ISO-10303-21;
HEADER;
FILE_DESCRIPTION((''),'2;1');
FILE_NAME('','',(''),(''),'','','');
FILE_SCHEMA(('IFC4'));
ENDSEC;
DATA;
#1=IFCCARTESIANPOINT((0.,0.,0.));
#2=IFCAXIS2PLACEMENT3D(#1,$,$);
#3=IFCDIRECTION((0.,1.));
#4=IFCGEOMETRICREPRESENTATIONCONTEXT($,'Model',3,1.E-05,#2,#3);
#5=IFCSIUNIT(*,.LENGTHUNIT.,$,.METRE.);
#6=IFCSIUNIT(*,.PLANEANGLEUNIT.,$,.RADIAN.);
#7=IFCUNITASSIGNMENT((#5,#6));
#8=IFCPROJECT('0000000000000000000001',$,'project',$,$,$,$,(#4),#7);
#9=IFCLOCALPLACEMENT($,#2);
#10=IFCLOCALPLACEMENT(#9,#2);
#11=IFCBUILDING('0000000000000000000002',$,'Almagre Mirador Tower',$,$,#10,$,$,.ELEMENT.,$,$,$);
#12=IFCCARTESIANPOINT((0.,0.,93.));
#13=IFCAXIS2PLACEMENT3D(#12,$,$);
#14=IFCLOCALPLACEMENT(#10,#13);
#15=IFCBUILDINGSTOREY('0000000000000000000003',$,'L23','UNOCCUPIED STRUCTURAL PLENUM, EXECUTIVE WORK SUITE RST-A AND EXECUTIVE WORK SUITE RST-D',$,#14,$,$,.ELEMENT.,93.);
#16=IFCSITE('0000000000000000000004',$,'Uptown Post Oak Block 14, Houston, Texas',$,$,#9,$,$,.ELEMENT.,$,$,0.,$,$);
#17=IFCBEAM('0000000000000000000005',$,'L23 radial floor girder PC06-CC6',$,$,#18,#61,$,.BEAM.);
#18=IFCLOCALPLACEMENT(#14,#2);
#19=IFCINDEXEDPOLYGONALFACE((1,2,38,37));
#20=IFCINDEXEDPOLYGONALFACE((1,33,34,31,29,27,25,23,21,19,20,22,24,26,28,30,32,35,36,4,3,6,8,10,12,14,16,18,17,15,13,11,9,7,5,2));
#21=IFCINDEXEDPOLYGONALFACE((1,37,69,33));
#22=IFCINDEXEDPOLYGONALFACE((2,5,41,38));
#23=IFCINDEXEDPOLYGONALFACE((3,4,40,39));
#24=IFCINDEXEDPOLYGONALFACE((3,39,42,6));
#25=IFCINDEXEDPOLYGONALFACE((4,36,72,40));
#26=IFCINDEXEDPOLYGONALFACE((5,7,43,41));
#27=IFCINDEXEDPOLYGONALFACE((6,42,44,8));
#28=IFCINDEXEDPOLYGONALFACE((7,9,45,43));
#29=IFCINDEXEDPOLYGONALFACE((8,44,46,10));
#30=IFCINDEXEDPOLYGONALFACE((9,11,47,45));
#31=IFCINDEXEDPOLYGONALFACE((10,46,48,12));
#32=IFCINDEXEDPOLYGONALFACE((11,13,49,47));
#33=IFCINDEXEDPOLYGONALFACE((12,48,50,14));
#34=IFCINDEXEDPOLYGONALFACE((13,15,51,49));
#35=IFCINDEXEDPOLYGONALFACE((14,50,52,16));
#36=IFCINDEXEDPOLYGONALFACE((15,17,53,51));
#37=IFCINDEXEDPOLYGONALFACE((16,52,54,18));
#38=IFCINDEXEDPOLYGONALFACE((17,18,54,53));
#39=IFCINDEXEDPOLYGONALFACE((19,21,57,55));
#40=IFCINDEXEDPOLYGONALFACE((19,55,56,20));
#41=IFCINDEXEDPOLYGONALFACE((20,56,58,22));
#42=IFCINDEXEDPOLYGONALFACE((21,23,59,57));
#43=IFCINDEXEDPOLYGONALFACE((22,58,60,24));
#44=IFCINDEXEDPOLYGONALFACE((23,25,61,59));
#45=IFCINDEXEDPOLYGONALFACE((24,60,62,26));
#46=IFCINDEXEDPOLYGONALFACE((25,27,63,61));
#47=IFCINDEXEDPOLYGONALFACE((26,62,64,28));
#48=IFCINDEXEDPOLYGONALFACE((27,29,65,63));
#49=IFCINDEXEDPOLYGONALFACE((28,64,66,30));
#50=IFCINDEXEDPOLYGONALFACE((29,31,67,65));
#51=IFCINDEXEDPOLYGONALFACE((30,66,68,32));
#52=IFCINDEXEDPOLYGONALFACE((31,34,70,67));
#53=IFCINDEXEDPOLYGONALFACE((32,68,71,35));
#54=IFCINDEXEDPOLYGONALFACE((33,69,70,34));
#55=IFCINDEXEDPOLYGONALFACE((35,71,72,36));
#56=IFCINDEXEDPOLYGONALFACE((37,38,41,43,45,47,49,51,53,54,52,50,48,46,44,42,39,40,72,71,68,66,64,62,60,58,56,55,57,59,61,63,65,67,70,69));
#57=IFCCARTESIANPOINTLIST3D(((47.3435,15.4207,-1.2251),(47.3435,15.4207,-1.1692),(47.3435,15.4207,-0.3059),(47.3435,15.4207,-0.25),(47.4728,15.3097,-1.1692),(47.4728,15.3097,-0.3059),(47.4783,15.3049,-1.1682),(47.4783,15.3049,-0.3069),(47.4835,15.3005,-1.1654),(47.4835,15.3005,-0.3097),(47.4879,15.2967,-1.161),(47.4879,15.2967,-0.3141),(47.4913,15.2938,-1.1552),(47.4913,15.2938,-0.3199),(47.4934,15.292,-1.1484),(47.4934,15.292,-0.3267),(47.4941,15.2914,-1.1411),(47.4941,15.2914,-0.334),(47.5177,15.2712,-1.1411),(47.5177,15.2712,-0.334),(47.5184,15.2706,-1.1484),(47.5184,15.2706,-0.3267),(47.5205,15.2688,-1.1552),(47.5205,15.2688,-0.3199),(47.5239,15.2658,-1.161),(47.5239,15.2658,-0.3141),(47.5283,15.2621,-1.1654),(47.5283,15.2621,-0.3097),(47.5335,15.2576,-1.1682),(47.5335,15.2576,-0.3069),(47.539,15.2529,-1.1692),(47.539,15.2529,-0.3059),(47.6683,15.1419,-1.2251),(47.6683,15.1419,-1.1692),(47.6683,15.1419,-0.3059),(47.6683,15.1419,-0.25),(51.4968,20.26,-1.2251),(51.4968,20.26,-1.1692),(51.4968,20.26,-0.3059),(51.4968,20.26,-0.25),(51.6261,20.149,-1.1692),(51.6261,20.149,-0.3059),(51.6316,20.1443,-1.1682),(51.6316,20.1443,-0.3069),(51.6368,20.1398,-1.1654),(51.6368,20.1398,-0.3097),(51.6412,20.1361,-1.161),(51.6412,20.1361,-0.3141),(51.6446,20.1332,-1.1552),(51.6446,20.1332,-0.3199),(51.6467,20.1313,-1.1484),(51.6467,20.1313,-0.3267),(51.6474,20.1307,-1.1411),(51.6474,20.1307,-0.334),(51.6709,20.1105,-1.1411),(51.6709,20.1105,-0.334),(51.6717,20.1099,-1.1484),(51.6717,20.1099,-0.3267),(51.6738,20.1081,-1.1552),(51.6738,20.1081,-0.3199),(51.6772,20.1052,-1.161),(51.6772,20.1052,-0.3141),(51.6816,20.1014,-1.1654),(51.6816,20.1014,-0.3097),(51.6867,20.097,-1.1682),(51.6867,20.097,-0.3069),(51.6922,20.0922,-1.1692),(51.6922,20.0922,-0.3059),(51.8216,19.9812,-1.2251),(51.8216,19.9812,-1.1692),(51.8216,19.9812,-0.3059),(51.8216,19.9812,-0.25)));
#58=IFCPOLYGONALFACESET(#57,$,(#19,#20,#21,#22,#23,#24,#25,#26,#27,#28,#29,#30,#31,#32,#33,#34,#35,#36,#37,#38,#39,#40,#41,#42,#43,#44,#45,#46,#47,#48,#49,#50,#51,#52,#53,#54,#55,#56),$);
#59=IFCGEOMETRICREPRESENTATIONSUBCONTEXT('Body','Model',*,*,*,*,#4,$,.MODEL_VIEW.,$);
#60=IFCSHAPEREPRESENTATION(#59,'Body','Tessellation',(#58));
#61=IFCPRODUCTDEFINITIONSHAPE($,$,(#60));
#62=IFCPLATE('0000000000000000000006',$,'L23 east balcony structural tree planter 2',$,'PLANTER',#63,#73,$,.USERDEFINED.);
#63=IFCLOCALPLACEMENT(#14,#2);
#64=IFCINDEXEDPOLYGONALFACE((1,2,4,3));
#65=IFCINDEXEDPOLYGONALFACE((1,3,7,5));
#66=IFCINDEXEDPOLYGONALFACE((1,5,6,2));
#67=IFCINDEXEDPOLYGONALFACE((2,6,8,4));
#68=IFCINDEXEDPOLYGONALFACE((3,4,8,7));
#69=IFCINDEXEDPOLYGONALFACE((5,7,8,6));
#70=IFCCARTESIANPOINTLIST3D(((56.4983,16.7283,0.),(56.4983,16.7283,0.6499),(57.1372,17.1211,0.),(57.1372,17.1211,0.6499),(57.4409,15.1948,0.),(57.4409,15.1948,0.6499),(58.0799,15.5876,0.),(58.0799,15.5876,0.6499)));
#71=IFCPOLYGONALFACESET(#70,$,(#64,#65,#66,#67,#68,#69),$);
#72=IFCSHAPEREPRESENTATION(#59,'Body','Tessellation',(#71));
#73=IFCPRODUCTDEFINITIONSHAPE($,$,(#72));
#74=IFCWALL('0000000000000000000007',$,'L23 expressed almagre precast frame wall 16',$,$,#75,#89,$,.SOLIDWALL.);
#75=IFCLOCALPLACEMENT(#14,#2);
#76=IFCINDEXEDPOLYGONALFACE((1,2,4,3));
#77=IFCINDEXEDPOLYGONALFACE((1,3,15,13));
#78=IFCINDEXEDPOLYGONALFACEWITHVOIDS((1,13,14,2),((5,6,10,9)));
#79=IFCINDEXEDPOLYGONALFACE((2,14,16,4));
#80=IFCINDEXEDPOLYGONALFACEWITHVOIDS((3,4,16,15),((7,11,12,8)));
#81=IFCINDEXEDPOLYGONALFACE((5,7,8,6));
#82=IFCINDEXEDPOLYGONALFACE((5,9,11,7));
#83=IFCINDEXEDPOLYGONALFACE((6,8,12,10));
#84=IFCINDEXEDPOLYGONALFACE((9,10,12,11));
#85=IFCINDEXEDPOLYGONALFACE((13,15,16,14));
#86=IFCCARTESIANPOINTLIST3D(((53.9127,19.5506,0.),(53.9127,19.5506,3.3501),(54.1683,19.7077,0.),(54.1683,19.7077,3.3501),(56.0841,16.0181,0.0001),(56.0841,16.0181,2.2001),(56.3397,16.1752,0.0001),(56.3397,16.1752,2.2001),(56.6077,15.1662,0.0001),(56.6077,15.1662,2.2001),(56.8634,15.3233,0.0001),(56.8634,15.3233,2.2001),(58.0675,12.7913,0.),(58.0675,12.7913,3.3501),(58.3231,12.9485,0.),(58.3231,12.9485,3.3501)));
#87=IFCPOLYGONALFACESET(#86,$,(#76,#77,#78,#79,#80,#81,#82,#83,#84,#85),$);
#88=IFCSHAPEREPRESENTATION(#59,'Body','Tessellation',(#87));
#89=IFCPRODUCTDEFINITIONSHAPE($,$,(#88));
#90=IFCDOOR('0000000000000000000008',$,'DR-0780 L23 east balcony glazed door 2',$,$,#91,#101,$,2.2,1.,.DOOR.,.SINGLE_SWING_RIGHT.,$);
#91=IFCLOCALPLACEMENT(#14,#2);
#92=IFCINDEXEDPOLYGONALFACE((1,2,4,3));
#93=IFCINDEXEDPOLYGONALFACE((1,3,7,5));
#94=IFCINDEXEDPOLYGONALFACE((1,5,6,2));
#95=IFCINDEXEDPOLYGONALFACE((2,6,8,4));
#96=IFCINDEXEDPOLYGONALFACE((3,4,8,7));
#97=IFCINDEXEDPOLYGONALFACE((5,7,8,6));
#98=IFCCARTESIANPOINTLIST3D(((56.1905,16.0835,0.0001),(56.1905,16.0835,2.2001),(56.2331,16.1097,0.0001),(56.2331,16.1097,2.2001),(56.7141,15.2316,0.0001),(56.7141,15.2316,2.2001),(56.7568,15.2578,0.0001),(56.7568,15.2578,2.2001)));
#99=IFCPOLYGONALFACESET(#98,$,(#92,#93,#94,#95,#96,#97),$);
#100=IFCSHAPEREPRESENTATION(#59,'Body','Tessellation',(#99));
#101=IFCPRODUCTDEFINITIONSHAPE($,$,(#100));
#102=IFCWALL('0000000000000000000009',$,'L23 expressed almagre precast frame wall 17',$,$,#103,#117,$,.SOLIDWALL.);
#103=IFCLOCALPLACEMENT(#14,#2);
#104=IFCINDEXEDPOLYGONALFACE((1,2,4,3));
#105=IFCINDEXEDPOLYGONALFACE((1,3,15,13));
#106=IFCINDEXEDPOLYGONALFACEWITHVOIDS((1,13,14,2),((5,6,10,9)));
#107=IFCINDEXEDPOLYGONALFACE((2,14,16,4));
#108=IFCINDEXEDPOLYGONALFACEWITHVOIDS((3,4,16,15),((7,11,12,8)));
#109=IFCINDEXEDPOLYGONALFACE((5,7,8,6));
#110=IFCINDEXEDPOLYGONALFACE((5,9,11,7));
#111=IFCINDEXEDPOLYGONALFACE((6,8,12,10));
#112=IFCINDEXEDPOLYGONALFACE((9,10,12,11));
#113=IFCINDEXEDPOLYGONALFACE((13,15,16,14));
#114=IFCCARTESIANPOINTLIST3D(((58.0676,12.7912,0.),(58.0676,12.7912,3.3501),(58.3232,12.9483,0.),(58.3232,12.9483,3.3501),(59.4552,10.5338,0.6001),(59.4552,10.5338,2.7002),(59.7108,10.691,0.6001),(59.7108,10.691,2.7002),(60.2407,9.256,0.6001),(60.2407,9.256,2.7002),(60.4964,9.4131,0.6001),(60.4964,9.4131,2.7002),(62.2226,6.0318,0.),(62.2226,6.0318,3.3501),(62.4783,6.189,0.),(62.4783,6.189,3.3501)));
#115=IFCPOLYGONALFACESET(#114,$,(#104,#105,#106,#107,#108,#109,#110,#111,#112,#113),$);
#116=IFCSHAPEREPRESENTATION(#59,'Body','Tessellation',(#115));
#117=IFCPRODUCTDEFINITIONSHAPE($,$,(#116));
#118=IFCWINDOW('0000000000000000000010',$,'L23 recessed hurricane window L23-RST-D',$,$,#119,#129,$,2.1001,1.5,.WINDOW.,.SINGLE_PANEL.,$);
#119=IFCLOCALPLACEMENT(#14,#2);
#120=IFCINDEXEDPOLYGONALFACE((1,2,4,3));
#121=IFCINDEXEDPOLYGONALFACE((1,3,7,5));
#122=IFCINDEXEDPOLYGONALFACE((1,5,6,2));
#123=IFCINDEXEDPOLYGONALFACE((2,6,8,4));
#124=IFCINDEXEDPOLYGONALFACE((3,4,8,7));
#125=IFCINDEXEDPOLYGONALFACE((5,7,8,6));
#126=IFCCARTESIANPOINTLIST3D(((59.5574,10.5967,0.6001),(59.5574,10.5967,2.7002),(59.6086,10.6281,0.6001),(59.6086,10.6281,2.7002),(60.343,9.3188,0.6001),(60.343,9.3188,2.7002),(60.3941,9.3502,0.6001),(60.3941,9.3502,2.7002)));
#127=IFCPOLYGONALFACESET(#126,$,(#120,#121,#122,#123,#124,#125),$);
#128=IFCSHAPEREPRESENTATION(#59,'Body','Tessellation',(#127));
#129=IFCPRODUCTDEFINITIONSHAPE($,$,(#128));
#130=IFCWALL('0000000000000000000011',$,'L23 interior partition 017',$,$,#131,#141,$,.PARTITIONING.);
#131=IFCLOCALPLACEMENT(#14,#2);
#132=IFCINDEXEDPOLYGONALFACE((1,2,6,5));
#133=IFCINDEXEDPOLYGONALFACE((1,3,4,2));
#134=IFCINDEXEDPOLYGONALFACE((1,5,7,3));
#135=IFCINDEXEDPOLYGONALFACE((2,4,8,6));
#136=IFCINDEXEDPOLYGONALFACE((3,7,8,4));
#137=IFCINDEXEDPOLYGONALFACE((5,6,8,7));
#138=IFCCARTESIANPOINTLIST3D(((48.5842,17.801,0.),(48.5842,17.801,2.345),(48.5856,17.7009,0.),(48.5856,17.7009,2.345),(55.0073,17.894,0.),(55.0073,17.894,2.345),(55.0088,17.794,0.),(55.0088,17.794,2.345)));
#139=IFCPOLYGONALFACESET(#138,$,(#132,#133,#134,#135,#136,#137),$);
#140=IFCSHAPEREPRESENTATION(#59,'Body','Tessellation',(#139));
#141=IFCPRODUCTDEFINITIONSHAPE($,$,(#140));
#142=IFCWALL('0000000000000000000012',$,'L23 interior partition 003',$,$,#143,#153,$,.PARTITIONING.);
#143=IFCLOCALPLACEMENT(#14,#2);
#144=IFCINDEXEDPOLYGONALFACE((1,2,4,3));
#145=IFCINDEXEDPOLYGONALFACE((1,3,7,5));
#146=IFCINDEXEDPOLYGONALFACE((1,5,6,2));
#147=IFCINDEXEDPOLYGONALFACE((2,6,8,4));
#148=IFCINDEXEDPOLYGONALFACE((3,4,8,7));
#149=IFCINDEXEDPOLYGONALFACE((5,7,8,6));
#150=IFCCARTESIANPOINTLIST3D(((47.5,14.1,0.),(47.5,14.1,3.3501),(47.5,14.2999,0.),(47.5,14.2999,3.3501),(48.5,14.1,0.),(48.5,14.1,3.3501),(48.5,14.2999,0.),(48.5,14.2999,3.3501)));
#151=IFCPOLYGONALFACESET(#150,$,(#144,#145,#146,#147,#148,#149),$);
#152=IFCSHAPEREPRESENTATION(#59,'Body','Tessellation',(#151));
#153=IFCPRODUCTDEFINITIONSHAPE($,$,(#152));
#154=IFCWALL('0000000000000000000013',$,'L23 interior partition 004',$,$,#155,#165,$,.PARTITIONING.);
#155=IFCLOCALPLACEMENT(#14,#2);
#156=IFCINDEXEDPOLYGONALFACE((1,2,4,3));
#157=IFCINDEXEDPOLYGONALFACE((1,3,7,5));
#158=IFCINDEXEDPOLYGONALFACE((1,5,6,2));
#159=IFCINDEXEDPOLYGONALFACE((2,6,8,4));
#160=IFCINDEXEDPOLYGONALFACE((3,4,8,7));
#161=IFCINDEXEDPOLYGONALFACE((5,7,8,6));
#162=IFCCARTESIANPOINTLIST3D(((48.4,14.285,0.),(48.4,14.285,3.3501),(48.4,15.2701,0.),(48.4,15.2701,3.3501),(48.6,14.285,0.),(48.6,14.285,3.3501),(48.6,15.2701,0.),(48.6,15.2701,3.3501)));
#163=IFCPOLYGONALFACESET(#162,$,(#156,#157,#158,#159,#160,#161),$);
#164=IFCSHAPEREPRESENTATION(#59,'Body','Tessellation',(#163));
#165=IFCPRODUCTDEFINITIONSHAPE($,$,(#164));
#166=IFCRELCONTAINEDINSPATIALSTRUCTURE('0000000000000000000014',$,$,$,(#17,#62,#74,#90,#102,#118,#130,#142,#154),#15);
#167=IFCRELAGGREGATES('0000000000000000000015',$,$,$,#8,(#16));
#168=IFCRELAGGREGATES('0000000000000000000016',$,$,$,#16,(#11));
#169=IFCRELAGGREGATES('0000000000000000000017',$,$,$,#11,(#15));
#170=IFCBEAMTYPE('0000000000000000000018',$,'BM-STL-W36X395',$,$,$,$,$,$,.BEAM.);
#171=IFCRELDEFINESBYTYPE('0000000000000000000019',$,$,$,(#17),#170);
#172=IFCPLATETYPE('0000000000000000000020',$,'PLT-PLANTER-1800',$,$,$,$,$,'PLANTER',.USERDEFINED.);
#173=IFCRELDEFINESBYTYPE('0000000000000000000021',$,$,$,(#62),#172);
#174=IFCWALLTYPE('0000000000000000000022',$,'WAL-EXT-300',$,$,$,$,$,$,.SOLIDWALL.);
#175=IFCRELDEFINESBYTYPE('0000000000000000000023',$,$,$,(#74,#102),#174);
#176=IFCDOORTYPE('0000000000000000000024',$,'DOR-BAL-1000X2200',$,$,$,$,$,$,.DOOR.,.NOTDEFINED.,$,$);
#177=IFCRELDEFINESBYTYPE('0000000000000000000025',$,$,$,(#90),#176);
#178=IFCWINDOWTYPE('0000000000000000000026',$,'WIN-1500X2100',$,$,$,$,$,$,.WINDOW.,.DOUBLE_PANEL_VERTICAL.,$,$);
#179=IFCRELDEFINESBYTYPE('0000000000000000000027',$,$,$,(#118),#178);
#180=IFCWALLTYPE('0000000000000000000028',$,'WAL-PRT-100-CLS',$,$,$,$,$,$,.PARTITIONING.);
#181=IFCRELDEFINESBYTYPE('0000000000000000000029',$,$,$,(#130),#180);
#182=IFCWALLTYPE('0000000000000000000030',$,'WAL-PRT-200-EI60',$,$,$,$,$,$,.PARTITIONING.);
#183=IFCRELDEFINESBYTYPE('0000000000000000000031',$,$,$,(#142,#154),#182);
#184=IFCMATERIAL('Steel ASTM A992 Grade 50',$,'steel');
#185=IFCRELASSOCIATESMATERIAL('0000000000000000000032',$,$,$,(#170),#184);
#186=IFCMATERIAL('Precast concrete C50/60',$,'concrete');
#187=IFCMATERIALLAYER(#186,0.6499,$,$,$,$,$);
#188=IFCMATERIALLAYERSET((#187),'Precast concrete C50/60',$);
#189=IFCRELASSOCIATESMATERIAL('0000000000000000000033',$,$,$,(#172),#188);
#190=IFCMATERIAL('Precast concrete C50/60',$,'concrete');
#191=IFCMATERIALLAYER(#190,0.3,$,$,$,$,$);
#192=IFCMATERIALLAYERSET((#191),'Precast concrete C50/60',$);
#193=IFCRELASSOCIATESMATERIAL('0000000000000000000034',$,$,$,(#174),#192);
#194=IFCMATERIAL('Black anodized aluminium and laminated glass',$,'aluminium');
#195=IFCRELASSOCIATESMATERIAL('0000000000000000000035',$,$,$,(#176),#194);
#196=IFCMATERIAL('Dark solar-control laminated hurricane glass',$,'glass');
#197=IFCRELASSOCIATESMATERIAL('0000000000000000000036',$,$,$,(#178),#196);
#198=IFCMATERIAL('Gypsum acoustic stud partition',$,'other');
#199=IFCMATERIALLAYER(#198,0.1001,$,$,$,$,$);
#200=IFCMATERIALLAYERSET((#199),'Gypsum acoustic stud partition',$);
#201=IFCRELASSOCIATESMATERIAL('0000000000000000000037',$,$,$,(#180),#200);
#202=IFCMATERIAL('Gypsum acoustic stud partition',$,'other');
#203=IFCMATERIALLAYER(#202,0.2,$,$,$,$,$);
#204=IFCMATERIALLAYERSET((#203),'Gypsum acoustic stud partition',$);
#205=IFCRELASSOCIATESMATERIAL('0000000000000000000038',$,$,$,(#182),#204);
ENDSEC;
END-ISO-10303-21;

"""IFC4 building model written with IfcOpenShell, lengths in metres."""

from ifc_helpers import new_model, si_unit, direction, frame, frame_2d, origin, origin_2d, place, context, subcontext, project, spatial, rectangle, i_section, extrude, material, layer, layer_set, material_profile, profile_set, type_object, element, fill, save


model = new_model("IFC4")

# Units and contexts
model_context = context("Model", 3, precision=1e-05, world=origin(), true_north=direction((0.0, 1.0)))
body_context = subcontext(model_context, "Body", "Model", "MODEL_VIEW")
ifc_project = project(units=[si_unit("LENGTHUNIT", "METRE"), si_unit("PLANEANGLEUNIT", "RADIAN")], contexts=[model_context])

# Site, building, storey
site_placement = place(None, origin())
site = spatial("IfcSite", under=ifc_project, at=site_placement, Name="Uptown Post Oak Block 14, Houston, Texas", CompositionType="ELEMENT", RefElevation=0.0)
building_placement = place(site_placement, origin())
building = spatial("IfcBuilding", under=site, at=building_placement, Name="Almagre Mirador Tower", CompositionType="ELEMENT")
storey_placement = place(building_placement, frame((0.0, 0.0, 93.0)))
storey = spatial("IfcBuildingStorey", under=building, at=storey_placement, Name="L23", Description="UNOCCUPIED STRUCTURAL PLENUM, EXECUTIVE WORK SUITE RST-A AND EXECUTIVE WORK SUITE RST-D", CompositionType="ELEMENT", Elevation=93.0)

# Beam
ifc_material_1 = material(Name="Steel ASTM A992 Grade 50", Category="steel")
ifc_material_profile_1 = material_profile(ifc_material_1, i_section(OverallWidth=0.428, OverallDepth=0.9751, WebThickness=0.031, FlangeThickness=0.0559, FilletRadius=0.0281, at=origin_2d()), Name="W36X395")
ifc_profile_set_1 = profile_set([ifc_material_profile_1], Name="Steel ASTM A992 Grade 50")
beam_type_1 = type_object("IfcBeamType", Name="BM-STL-W36X395", PredefinedType="BEAM", material=ifc_profile_set_1)
beam_1_placement = place(storey_placement, frame((51.6592, 20.1206, -0.7375), z_axis=(-0.65127, -0.758846, 0.0), x_axis=(0.758846, -0.65127, 0.0)))
element("IfcBeam", 1, at=beam_1_placement, inside=storey, type_object=beam_type_1, Name="L23 radial floor girder PC06-CC6", PredefinedType="BEAM", context=body_context, shape_type="SweptSolid", body=[
    extrude(i_section(OverallWidth=0.428, OverallDepth=0.9751, WebThickness=0.031, FlangeThickness=0.0559, FilletRadius=0.0281, at=origin_2d()), origin(), (0.0, 0.0, 1.0), 6.3772),
])

# Plate
ifc_material_2 = material(Name="Precast concrete C50/60", Category="concrete")
ifc_layer_1 = layer(ifc_material_2, 0.6499)
ifc_layer_set_1 = layer_set([ifc_layer_1], Name="Precast concrete C50/60")
plate_type = type_object("IfcPlateType", Name="PLT-PLANTER-1800", ElementType="PLANTER", PredefinedType="USERDEFINED", material=ifc_layer_set_1)
plate_placement = place(storey_placement, frame((57.2891, 16.158, 0.0), z_axis=(0.0, 0.0, 1.0), x_axis=(-0.523689, 0.85191, 0.0)))
element("IfcPlate", 2, at=plate_placement, inside=storey, type_object=plate_type, Name="L23 east balcony structural tree planter 2", ObjectType="PLANTER", PredefinedType="USERDEFINED", context=body_context, shape_type="SweptSolid", body=[
    extrude(rectangle(XDim=1.8, YDim=0.75, at=origin_2d()), origin(), (0.0, 0.0, 1.0), 0.6499),
])

# Wall, opening, door
ifc_material_3 = material(Name="Precast concrete C50/60", Category="concrete")
ifc_layer_2 = layer(ifc_material_3, 0.3)
ifc_layer_set_2 = layer_set([ifc_layer_2], Name="Precast concrete C50/60")
wall_type_1 = type_object("IfcWallType", Name="WAL-EXT-300", PredefinedType="SOLIDWALL", material=ifc_layer_set_2)
wall_1_placement = place(storey_placement, frame((54.0405, 19.6292, 0.0), z_axis=(0.0, 0.0, 1.0), x_axis=(0.523661, -0.851927, 0.0)))
wall_1 = element("IfcWall", 3, at=wall_1_placement, inside=storey, type_object=wall_type_1, Name="L23 expressed almagre precast frame wall 16", PredefinedType="SOLIDWALL", context=body_context, shape_type="SweptSolid", body=[
    extrude(rectangle(XDim=7.9341, YDim=0.3, at=frame_2d((3.967, 0.0))), origin(), (0.0, 0.0, 1.0), 3.3501),
])
opening_1_placement = place(wall_1_placement, frame((4.1465, 0.0, 0.0)))
opening_1 = element("IfcOpeningElement", 4, at=opening_1_placement, cuts=wall_1, PredefinedType="OPENING", context=body_context, shape_type="SweptSolid", body=[
    extrude(rectangle(XDim=1.0, YDim=2.2, at=frame_2d((0.5, 1.1001))), frame((0.0, 0.1599, 0.0), z_axis=(0.0, -1.0, 0.0), x_axis=(1.0, 0.0, 0.0)), (0.0, 0.0, 1.0), 0.32),
])
ifc_material_4 = material(Name="Black anodized aluminium and laminated glass", Category="aluminium")
door_type_1 = type_object("IfcDoorType", Name="DOR-BAL-1000X2200", OperationType="NOTDEFINED", PredefinedType="DOOR", material=ifc_material_4)
door_1_placement = place(opening_1_placement, origin())
door_1 = element("IfcDoor", 5, at=door_1_placement, inside=storey, type_object=door_type_1, Name="DR-0780 L23 east balcony glazed door 2", OperationType="SINGLE_SWING_RIGHT", OverallHeight=2.2, OverallWidth=1.0, PredefinedType="DOOR", context=body_context, shape_type="SweptSolid", body=[
    extrude(rectangle(XDim=1.0, YDim=2.2, at=frame_2d((0.5, 1.1001))), frame((0.0, 0.0249, 0.0), z_axis=(0.0, -1.0, 0.0), x_axis=(1.0, 0.0, 0.0)), (0.0, 0.0, 1.0), 0.05),
])
fill(opening_1, door_1)

# Wall, opening, window
wall_2_placement = place(storey_placement, frame((58.1953, 12.8699, 0.0), z_axis=(0.0, 0.0, 1.0), x_axis=(0.523684, -0.851913, 0.0)))
wall_2 = element("IfcWall", 6, at=wall_2_placement, inside=storey, type_object=wall_type_1, Name="L23 expressed almagre precast frame wall 17", PredefinedType="SOLIDWALL", context=body_context, shape_type="SweptSolid", body=[
    extrude(rectangle(XDim=7.9343, YDim=0.3, at=frame_2d((3.9673, 0.0))), origin(), (0.0, 0.0, 1.0), 3.3501),
])
opening_2_placement = place(wall_2_placement, frame((2.6499, 0.0, 0.6001)))
opening_2 = element("IfcOpeningElement", 7, at=opening_2_placement, cuts=wall_2, PredefinedType="OPENING", context=body_context, shape_type="SweptSolid", body=[
    extrude(rectangle(XDim=1.5, YDim=2.1001, at=frame_2d((0.75, 1.05))), frame((0.0, 0.1599, 0.0), z_axis=(0.0, -1.0, 0.0), x_axis=(1.0, 0.0, 0.0)), (0.0, 0.0, 1.0), 0.32),
])
ifc_material_5 = material(Name="Dark solar-control laminated hurricane glass", Category="glass")
window_type = type_object("IfcWindowType", Name="WIN-1500X2100", PartitioningType="DOUBLE_PANEL_VERTICAL", PredefinedType="WINDOW", material=ifc_material_5)
window_placement = place(opening_2_placement, origin())
window = element("IfcWindow", 8, at=window_placement, inside=storey, type_object=window_type, Name="L23 recessed hurricane window L23-RST-D", OverallHeight=2.1001, OverallWidth=1.5, PartitioningType="SINGLE_PANEL", PredefinedType="WINDOW", context=body_context, shape_type="SweptSolid", body=[
    extrude(rectangle(XDim=1.5, YDim=2.1001, at=frame_2d((0.75, 1.05))), frame((0.0, 0.03, 0.0), z_axis=(0.0, -1.0, 0.0), x_axis=(1.0, 0.0, 0.0)), (0.0, 0.0, 1.0), 0.0601),
])
fill(opening_2, window)

# Walls
ifc_material_6 = material(Name="Gypsum acoustic stud partition", Category="other")
ifc_layer_3 = layer(ifc_material_6, 0.1001)
ifc_layer_set_3 = layer_set([ifc_layer_3], Name="Gypsum acoustic stud partition")
wall_type_2 = type_object("IfcWallType", Name="WAL-PRT-100-CLS", PredefinedType="PARTITIONING", material=ifc_layer_set_3)
wall_3_placement = place(storey_placement, frame((55.0081, 17.844, 0.0), z_axis=(0.0, 0.0, 1.0), x_axis=(-0.999895, -0.01448, 0.0)))
element("IfcWall", 9, at=wall_3_placement, inside=storey, type_object=wall_type_2, Name="L23 interior partition 017", PredefinedType="PARTITIONING", context=body_context, shape_type="SweptSolid", body=[
    extrude(rectangle(XDim=6.4238, YDim=0.1001, at=frame_2d((3.2119, 0.0))), origin(), (0.0, 0.0, 1.0), 2.345),
])
ifc_material_7 = material(Name="Gypsum acoustic stud partition", Category="other")
ifc_layer_4 = layer(ifc_material_7, 0.2)
ifc_layer_set_4 = layer_set([ifc_layer_4], Name="Gypsum acoustic stud partition")
wall_type_3 = type_object("IfcWallType", Name="WAL-PRT-200-EI60", PredefinedType="PARTITIONING", material=ifc_layer_set_4)
wall_4_placement = place(storey_placement, frame((47.5, 14.2, 0.0), z_axis=(0.0, 0.0, 1.0), x_axis=(1.0, 0.0, 0.0)))
element("IfcWall", 10, at=wall_4_placement, inside=storey, type_object=wall_type_3, Name="L23 interior partition 003", PredefinedType="PARTITIONING", context=body_context, shape_type="SweptSolid", body=[
    extrude(rectangle(XDim=1.0, YDim=0.2, at=frame_2d((0.5, 0.0))), origin(), (0.0, 0.0, 1.0), 3.3501),
])
wall_5_placement = place(storey_placement, frame((48.5, 14.2849, 0.0), z_axis=(0.0, 0.0, 1.0), x_axis=(0.0, 1.0, 0.0)))
element("IfcWall", 11, at=wall_5_placement, inside=storey, type_object=wall_type_3, Name="L23 interior partition 004", PredefinedType="PARTITIONING", context=body_context, shape_type="SweptSolid", body=[
    extrude(rectangle(XDim=0.9851, YDim=0.2, at=frame_2d((0.4927, 0.0))), origin(), (0.0, 0.0, 1.0), 3.3501),
])

save(model, "model.ifc")
